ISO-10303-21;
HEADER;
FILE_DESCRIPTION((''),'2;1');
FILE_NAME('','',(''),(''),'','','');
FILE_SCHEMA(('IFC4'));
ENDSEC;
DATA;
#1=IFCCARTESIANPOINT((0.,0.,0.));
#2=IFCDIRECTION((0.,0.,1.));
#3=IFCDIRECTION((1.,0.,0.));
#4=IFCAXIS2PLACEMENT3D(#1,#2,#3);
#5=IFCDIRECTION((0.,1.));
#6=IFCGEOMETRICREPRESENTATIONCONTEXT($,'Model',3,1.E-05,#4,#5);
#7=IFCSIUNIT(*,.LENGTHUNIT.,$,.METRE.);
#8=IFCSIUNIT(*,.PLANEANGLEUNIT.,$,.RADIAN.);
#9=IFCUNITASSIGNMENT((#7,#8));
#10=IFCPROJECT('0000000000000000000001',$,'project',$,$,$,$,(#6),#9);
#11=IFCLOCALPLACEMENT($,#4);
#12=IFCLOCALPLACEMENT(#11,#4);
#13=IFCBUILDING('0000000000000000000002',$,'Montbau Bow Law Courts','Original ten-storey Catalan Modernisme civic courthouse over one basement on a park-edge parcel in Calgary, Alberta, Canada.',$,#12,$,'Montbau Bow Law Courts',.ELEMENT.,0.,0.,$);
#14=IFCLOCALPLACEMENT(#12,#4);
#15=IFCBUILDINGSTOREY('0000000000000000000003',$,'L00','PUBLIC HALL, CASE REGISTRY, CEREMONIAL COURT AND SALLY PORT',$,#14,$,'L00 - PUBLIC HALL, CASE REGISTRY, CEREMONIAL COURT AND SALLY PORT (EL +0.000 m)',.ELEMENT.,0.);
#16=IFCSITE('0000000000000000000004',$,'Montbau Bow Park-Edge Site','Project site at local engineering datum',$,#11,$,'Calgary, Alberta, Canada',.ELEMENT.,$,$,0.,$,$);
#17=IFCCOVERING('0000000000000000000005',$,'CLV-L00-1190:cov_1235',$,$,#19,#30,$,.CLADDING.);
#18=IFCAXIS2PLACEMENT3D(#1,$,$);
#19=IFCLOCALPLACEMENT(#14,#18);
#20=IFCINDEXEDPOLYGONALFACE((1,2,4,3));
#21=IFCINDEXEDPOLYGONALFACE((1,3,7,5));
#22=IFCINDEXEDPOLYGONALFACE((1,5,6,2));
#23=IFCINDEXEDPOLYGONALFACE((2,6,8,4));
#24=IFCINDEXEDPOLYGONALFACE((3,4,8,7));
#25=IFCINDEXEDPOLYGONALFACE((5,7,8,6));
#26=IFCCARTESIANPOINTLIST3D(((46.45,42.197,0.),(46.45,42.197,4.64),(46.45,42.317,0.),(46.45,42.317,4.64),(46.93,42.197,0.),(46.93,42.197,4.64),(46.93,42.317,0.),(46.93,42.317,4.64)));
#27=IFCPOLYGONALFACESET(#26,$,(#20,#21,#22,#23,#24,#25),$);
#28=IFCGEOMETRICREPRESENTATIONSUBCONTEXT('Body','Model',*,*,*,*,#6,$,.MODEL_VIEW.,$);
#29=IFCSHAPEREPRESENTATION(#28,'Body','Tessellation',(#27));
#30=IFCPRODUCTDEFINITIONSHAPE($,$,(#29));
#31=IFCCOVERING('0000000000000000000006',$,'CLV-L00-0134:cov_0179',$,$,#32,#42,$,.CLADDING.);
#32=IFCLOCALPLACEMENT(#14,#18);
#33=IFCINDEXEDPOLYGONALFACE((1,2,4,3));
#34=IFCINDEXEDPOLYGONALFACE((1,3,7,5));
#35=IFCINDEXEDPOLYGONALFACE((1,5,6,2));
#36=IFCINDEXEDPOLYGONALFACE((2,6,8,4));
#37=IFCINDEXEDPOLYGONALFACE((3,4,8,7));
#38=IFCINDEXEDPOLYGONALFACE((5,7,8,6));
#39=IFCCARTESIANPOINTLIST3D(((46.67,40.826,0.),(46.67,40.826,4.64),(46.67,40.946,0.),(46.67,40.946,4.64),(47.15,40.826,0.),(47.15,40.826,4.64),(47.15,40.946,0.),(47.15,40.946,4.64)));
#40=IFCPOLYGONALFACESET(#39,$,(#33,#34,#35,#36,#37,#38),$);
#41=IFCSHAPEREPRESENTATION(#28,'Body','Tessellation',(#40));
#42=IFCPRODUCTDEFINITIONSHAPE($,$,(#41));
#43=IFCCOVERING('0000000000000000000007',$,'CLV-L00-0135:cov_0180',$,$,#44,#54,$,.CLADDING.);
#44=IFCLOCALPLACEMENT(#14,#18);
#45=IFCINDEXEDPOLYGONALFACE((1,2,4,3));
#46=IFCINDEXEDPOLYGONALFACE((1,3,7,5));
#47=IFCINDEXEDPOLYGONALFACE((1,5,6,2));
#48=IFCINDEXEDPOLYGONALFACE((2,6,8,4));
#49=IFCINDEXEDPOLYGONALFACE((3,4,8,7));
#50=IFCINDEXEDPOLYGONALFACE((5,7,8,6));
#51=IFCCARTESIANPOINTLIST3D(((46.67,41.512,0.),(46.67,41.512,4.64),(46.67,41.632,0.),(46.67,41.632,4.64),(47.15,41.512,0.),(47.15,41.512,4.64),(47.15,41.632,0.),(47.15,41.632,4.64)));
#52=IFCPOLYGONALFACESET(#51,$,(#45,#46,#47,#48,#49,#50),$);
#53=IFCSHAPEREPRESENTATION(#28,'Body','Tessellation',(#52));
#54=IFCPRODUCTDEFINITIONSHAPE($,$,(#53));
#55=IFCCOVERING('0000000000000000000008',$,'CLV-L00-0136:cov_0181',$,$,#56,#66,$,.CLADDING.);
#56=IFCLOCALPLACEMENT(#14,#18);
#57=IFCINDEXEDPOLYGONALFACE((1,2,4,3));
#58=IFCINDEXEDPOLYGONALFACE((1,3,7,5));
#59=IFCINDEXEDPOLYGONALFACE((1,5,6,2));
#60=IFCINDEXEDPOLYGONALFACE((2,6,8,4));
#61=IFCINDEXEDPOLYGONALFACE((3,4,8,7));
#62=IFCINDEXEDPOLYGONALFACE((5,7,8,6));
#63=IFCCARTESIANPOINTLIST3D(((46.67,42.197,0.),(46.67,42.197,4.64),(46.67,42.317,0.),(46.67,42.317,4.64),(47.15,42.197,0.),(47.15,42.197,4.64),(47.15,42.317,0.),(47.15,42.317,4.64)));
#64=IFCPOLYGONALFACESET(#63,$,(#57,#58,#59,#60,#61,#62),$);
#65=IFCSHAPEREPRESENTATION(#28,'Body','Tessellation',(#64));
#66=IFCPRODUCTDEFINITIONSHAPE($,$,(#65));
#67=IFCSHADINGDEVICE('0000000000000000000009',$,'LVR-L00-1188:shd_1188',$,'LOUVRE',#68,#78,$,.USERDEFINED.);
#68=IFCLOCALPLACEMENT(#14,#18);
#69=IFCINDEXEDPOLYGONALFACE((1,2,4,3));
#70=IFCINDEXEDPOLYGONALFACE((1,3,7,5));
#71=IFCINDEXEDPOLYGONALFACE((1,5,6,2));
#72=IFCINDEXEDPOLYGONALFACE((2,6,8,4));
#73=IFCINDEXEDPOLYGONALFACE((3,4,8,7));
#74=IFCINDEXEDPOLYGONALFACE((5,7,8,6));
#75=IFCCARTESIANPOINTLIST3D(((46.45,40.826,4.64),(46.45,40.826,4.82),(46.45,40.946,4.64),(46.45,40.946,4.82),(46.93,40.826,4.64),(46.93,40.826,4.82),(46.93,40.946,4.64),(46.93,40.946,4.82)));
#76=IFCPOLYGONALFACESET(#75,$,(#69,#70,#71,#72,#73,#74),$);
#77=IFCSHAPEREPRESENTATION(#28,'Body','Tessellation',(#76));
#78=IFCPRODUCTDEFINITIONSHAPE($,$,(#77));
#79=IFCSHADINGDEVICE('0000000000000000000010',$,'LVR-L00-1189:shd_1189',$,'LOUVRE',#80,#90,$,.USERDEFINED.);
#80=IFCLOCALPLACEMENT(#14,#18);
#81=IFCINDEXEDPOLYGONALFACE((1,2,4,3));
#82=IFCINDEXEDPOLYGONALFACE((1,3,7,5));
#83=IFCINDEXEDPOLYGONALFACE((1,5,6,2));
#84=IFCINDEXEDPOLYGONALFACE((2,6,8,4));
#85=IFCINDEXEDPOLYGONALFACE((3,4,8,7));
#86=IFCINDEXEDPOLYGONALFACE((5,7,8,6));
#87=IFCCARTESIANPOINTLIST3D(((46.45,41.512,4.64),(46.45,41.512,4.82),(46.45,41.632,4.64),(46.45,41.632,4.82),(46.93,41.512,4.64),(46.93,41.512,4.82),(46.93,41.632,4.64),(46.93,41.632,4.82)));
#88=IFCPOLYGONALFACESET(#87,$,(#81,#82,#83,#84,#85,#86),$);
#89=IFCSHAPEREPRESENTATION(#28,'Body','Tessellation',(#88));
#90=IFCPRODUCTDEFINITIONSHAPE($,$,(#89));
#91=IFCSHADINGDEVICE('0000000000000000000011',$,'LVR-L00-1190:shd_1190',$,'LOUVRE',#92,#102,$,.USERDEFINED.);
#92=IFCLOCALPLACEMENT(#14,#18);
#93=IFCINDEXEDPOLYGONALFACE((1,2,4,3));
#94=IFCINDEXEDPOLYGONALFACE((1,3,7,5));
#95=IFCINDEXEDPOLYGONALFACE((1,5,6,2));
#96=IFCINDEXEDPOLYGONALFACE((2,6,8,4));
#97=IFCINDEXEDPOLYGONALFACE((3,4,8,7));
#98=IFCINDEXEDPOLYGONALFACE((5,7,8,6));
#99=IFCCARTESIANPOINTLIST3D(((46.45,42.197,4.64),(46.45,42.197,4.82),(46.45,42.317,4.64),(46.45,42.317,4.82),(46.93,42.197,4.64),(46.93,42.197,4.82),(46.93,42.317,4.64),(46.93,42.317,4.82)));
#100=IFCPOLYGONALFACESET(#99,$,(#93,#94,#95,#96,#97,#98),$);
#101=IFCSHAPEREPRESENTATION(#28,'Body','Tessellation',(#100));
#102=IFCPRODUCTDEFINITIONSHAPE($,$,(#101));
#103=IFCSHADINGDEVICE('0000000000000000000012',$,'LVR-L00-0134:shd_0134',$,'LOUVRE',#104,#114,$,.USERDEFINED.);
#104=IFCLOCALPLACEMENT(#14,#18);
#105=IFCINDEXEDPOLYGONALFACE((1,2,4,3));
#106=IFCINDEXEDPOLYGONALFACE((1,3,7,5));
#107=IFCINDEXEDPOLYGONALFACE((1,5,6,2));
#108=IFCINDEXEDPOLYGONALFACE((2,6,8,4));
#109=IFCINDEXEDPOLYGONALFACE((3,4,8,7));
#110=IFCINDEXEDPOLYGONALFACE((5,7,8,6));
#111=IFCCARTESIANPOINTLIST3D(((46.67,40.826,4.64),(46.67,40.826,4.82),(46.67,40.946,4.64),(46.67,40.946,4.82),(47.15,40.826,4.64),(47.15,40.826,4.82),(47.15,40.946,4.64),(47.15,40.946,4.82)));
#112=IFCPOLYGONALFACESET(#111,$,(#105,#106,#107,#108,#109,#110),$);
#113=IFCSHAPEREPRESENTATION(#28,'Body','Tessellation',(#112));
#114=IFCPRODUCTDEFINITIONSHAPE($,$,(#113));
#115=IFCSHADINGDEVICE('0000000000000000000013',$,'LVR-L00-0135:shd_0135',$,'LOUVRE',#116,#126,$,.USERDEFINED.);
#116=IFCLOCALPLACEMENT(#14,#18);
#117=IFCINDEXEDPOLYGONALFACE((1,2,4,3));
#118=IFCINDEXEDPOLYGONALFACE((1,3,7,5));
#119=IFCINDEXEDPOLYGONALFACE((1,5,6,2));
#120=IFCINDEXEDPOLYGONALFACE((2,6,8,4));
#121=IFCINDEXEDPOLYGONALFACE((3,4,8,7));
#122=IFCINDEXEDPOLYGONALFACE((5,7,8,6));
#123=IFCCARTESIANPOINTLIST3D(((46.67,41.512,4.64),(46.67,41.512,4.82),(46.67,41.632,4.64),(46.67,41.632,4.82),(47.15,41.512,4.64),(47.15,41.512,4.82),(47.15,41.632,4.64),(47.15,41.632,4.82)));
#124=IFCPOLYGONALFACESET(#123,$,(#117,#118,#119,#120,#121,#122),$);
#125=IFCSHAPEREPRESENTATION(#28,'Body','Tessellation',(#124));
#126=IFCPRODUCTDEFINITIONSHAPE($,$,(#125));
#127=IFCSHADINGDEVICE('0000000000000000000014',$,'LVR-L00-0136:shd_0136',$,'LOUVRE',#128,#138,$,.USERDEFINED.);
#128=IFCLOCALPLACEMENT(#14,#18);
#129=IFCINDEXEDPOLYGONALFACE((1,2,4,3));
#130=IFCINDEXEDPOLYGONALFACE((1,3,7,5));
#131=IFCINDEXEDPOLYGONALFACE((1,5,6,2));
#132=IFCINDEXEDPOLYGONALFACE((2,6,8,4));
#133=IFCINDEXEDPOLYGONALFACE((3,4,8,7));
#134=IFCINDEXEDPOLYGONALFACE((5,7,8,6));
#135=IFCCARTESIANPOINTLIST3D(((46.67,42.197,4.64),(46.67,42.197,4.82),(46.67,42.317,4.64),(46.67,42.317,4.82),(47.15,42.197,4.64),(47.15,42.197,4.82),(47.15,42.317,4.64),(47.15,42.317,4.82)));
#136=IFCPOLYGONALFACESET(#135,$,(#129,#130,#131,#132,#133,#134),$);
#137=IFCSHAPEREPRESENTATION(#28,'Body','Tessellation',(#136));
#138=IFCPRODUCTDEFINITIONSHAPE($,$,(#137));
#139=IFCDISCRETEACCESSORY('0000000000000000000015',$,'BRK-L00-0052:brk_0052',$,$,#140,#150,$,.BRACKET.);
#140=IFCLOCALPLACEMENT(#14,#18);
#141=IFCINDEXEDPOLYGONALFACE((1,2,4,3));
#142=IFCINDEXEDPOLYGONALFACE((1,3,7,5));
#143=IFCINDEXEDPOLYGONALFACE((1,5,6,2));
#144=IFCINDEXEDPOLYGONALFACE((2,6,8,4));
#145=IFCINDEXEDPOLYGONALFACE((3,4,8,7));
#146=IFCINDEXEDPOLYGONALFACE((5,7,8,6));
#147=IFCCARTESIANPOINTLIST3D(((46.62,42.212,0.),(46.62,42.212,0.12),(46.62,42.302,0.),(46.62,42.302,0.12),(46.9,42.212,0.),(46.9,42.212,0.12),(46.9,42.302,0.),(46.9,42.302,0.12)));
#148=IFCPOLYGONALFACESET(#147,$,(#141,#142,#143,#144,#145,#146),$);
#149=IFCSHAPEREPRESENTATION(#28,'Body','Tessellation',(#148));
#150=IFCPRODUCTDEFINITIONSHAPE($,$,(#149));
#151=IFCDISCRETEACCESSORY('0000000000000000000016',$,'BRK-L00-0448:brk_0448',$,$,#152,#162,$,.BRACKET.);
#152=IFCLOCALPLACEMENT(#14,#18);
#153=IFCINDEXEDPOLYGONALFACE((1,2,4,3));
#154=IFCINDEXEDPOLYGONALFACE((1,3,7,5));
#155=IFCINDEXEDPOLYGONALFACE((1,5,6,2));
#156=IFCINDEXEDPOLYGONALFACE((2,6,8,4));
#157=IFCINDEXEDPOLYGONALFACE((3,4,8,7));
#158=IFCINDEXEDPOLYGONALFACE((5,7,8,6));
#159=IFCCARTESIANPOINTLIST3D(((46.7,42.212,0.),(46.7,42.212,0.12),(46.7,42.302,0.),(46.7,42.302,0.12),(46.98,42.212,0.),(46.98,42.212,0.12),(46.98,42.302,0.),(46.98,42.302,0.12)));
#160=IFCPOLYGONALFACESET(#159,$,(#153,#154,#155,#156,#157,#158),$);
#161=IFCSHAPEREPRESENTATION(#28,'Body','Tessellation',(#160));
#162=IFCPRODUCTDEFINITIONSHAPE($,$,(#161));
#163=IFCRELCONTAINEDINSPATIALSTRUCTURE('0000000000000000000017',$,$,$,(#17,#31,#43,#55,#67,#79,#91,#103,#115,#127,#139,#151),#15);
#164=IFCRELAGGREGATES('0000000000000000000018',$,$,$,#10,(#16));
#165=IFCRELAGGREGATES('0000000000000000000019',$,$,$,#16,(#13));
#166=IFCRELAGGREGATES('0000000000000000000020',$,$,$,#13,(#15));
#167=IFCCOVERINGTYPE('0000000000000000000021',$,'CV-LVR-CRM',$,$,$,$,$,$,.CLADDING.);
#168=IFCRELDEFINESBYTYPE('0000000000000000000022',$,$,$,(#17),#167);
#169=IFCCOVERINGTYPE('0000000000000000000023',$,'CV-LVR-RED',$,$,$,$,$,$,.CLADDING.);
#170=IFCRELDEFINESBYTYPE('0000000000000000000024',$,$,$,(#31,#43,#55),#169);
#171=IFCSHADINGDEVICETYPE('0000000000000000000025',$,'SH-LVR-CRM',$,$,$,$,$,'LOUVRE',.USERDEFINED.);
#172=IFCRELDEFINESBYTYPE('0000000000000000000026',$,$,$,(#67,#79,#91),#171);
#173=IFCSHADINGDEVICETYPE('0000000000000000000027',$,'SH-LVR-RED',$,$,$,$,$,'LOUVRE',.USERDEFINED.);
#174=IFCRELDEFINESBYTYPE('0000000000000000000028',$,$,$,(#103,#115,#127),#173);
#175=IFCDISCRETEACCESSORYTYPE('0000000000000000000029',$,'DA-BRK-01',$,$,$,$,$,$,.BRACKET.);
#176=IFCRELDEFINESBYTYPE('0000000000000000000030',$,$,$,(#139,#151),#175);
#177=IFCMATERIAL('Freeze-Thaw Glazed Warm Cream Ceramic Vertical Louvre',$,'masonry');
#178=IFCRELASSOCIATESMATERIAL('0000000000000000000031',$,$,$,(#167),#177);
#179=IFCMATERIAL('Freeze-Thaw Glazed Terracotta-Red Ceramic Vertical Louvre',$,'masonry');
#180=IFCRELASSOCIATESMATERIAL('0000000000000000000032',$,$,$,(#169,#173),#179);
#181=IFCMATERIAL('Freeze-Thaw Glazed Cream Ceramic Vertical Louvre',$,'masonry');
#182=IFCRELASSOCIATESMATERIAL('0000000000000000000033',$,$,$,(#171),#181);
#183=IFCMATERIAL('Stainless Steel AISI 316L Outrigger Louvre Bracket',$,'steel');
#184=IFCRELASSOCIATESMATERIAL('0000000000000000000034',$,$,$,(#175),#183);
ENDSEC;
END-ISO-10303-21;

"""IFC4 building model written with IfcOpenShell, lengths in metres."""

from ifc_helpers import new_model, si_unit, direction, frame, frame_2d, origin_with_axes, origin_2d_with_axis, place, context, subcontext, project, spatial, rectangle, extrude, material, type_object, element, save


model = new_model("IFC4")

# Units and contexts
model_context = context("Model", 3, precision=1e-05, world=origin_with_axes(), true_north=direction((0.0, 1.0)))
body_context = subcontext(model_context, "Body", "Model", "MODEL_VIEW")
ifc_project = project(units=[si_unit("LENGTHUNIT", "METRE"), si_unit("PLANEANGLEUNIT", "RADIAN")], contexts=[model_context])

# Site, building, storey
site_placement = place(None, origin_with_axes())
site = spatial("IfcSite", under=ifc_project, at=site_placement, Name="Montbau Bow Park-Edge Site", Description="Project site at local engineering datum", LongName="Calgary, Alberta, Canada", CompositionType="ELEMENT", RefElevation=0.0)
building_placement = place(site_placement, origin_with_axes())
building = spatial("IfcBuilding", under=site, at=building_placement, Name="Montbau Bow Law Courts", Description="Original ten-storey Catalan Modernisme civic courthouse over one basement on a park-edge parcel in Calgary, Alberta, Canada.", LongName="Montbau Bow Law Courts", CompositionType="ELEMENT", ElevationOfRefHeight=0.0, ElevationOfTerrain=0.0)
storey_placement = place(building_placement, origin_with_axes())
storey = spatial("IfcBuildingStorey", under=building, at=storey_placement, Name="L00", Description="PUBLIC HALL, CASE REGISTRY, CEREMONIAL COURT AND SALLY PORT", LongName="L00 - PUBLIC HALL, CASE REGISTRY, CEREMONIAL COURT AND SALLY PORT (EL +0.000 m)", CompositionType="ELEMENT", Elevation=0.0)

# Coverings
ifc_material_1 = material(Name="Freeze-Thaw Glazed Warm Cream Ceramic Vertical Louvre", Category="masonry")
covering_type_1 = type_object("IfcCoveringType", Name="CV-LVR-CRM", PredefinedType="CLADDING", material=ifc_material_1)
for number, where, z_axis, x_axis, name in (
    (1, (46.93, 42.257, 0.0), (0.0, 1.0, 0.0), (-1.0, 0.0, 0.0), "CLV-L00-1190:cov_1235"),
):
    element("IfcCovering", number, at=place(None, frame(where, z_axis=z_axis, x_axis=x_axis)), inside=storey, type_object=covering_type_1, Name=name, PredefinedType="CLADDING", context=body_context, shape_type="SweptSolid", body=[
        extrude(rectangle(XDim=0.48, YDim=4.64, at=frame_2d((0.24, 2.32), x_axis=(1.0, 0.0))), frame((0.0, 0.0, -0.06), z_axis=(0.0, 0.0, 1.0), x_axis=(1.0, 0.0, 0.0)), (0.0, 0.0, 1.0), 0.12),
    ])
ifc_material_2 = material(Name="Freeze-Thaw Glazed Terracotta-Red Ceramic Vertical Louvre", Category="masonry")
covering_type_2 = type_object("IfcCoveringType", Name="CV-LVR-RED", PredefinedType="CLADDING", material=ifc_material_2)
for number, where, z_axis, x_axis, name in (
    (2, (46.67, 40.886, 0.0), (0.0, -1.0, 0.0), (1.0, 0.0, 0.0), "CLV-L00-0134:cov_0179"),
    (3, (46.67, 41.572, 0.0), (0.0, -1.0, 0.0), (1.0, 0.0, 0.0), "CLV-L00-0135:cov_0180"),
    (4, (46.67, 42.257, 0.0), (0.0, -1.0, 0.0), (1.0, 0.0, 0.0), "CLV-L00-0136:cov_0181"),
):
    element("IfcCovering", number, at=place(None, frame(where, z_axis=z_axis, x_axis=x_axis)), inside=storey, type_object=covering_type_2, Name=name, PredefinedType="CLADDING", context=body_context, shape_type="SweptSolid", body=[
        extrude(rectangle(XDim=0.48, YDim=4.64, at=frame_2d((0.24, 2.32), x_axis=(1.0, 0.0))), frame((0.0, 0.0, -0.06), z_axis=(0.0, 0.0, 1.0), x_axis=(1.0, 0.0, 0.0)), (0.0, 0.0, 1.0), 0.12),
    ])

# Shading devices
ifc_material_3 = material(Name="Freeze-Thaw Glazed Cream Ceramic Vertical Louvre", Category="masonry")
shading_device_type_1 = type_object("IfcShadingDeviceType", Name="SH-LVR-CRM", ElementType="LOUVRE", PredefinedType="USERDEFINED", material=ifc_material_3)
for number, where, z_axis, x_axis, name in (
    (5, (46.69, 40.886, 4.64), (0.0, 0.0, 1.0), (-1.0, 0.0, 0.0), "LVR-L00-1188:shd_1188"),
    (6, (46.69, 41.572, 4.64), (0.0, 0.0, 1.0), (-1.0, 0.0, 0.0), "LVR-L00-1189:shd_1189"),
    (7, (46.69, 42.257, 4.64), (0.0, 0.0, 1.0), (-1.0, 0.0, 0.0), "LVR-L00-1190:shd_1190"),
):
    element("IfcShadingDevice", number, at=place(None, frame(where, z_axis=z_axis, x_axis=x_axis)), inside=storey, type_object=shading_device_type_1, Name=name, ObjectType="LOUVRE", PredefinedType="USERDEFINED", context=body_context, shape_type="SweptSolid", body=[
        extrude(rectangle(XDim=0.48, YDim=0.12, at=origin_2d_with_axis()), origin_with_axes(), (0.0, 0.0, 1.0), 0.18),
    ])
shading_device_type_2 = type_object("IfcShadingDeviceType", Name="SH-LVR-RED", ElementType="LOUVRE", PredefinedType="USERDEFINED", material=ifc_material_2)
for number, where, z_axis, x_axis, name in (
    (8, (46.91, 40.886, 4.64), (0.0, 0.0, 1.0), (1.0, 0.0, 0.0), "LVR-L00-0134:shd_0134"),
    (9, (46.91, 41.572, 4.64), (0.0, 0.0, 1.0), (1.0, 0.0, 0.0), "LVR-L00-0135:shd_0135"),
    (10, (46.91, 42.257, 4.64), (0.0, 0.0, 1.0), (1.0, 0.0, 0.0), "LVR-L00-0136:shd_0136"),
):
    element("IfcShadingDevice", number, at=place(None, frame(where, z_axis=z_axis, x_axis=x_axis)), inside=storey, type_object=shading_device_type_2, Name=name, ObjectType="LOUVRE", PredefinedType="USERDEFINED", context=body_context, shape_type="SweptSolid", body=[
        extrude(rectangle(XDim=0.48, YDim=0.12, at=origin_2d_with_axis()), origin_with_axes(), (0.0, 0.0, 1.0), 0.18),
    ])

# Discrete accessories
ifc_material_4 = material(Name="Stainless Steel AISI 316L Outrigger Louvre Bracket", Category="steel")
discrete_accessory_type = type_object("IfcDiscreteAccessoryType", Name="DA-BRK-01", PredefinedType="BRACKET", material=ifc_material_4)
for number, where, z_axis, x_axis, name in (
    (11, (46.76, 42.257, 0.0), (0.0, 0.0, 1.0), (1.0, 0.0, 0.0), "BRK-L00-0052:brk_0052"),
    (12, (46.84, 42.257, 0.0), (0.0, 0.0, 1.0), (-1.0, 0.0, 0.0), "BRK-L00-0448:brk_0448"),
):
    element("IfcDiscreteAccessory", number, at=place(None, frame(where, z_axis=z_axis, x_axis=x_axis)), inside=storey, type_object=discrete_accessory_type, Name=name, PredefinedType="BRACKET", context=body_context, shape_type="SweptSolid", body=[
        extrude(rectangle(XDim=0.28, YDim=0.09, at=origin_2d_with_axis()), origin_with_axes(), (0.0, 0.0, 1.0), 0.12),
    ])

save(model, "model.ifc")
